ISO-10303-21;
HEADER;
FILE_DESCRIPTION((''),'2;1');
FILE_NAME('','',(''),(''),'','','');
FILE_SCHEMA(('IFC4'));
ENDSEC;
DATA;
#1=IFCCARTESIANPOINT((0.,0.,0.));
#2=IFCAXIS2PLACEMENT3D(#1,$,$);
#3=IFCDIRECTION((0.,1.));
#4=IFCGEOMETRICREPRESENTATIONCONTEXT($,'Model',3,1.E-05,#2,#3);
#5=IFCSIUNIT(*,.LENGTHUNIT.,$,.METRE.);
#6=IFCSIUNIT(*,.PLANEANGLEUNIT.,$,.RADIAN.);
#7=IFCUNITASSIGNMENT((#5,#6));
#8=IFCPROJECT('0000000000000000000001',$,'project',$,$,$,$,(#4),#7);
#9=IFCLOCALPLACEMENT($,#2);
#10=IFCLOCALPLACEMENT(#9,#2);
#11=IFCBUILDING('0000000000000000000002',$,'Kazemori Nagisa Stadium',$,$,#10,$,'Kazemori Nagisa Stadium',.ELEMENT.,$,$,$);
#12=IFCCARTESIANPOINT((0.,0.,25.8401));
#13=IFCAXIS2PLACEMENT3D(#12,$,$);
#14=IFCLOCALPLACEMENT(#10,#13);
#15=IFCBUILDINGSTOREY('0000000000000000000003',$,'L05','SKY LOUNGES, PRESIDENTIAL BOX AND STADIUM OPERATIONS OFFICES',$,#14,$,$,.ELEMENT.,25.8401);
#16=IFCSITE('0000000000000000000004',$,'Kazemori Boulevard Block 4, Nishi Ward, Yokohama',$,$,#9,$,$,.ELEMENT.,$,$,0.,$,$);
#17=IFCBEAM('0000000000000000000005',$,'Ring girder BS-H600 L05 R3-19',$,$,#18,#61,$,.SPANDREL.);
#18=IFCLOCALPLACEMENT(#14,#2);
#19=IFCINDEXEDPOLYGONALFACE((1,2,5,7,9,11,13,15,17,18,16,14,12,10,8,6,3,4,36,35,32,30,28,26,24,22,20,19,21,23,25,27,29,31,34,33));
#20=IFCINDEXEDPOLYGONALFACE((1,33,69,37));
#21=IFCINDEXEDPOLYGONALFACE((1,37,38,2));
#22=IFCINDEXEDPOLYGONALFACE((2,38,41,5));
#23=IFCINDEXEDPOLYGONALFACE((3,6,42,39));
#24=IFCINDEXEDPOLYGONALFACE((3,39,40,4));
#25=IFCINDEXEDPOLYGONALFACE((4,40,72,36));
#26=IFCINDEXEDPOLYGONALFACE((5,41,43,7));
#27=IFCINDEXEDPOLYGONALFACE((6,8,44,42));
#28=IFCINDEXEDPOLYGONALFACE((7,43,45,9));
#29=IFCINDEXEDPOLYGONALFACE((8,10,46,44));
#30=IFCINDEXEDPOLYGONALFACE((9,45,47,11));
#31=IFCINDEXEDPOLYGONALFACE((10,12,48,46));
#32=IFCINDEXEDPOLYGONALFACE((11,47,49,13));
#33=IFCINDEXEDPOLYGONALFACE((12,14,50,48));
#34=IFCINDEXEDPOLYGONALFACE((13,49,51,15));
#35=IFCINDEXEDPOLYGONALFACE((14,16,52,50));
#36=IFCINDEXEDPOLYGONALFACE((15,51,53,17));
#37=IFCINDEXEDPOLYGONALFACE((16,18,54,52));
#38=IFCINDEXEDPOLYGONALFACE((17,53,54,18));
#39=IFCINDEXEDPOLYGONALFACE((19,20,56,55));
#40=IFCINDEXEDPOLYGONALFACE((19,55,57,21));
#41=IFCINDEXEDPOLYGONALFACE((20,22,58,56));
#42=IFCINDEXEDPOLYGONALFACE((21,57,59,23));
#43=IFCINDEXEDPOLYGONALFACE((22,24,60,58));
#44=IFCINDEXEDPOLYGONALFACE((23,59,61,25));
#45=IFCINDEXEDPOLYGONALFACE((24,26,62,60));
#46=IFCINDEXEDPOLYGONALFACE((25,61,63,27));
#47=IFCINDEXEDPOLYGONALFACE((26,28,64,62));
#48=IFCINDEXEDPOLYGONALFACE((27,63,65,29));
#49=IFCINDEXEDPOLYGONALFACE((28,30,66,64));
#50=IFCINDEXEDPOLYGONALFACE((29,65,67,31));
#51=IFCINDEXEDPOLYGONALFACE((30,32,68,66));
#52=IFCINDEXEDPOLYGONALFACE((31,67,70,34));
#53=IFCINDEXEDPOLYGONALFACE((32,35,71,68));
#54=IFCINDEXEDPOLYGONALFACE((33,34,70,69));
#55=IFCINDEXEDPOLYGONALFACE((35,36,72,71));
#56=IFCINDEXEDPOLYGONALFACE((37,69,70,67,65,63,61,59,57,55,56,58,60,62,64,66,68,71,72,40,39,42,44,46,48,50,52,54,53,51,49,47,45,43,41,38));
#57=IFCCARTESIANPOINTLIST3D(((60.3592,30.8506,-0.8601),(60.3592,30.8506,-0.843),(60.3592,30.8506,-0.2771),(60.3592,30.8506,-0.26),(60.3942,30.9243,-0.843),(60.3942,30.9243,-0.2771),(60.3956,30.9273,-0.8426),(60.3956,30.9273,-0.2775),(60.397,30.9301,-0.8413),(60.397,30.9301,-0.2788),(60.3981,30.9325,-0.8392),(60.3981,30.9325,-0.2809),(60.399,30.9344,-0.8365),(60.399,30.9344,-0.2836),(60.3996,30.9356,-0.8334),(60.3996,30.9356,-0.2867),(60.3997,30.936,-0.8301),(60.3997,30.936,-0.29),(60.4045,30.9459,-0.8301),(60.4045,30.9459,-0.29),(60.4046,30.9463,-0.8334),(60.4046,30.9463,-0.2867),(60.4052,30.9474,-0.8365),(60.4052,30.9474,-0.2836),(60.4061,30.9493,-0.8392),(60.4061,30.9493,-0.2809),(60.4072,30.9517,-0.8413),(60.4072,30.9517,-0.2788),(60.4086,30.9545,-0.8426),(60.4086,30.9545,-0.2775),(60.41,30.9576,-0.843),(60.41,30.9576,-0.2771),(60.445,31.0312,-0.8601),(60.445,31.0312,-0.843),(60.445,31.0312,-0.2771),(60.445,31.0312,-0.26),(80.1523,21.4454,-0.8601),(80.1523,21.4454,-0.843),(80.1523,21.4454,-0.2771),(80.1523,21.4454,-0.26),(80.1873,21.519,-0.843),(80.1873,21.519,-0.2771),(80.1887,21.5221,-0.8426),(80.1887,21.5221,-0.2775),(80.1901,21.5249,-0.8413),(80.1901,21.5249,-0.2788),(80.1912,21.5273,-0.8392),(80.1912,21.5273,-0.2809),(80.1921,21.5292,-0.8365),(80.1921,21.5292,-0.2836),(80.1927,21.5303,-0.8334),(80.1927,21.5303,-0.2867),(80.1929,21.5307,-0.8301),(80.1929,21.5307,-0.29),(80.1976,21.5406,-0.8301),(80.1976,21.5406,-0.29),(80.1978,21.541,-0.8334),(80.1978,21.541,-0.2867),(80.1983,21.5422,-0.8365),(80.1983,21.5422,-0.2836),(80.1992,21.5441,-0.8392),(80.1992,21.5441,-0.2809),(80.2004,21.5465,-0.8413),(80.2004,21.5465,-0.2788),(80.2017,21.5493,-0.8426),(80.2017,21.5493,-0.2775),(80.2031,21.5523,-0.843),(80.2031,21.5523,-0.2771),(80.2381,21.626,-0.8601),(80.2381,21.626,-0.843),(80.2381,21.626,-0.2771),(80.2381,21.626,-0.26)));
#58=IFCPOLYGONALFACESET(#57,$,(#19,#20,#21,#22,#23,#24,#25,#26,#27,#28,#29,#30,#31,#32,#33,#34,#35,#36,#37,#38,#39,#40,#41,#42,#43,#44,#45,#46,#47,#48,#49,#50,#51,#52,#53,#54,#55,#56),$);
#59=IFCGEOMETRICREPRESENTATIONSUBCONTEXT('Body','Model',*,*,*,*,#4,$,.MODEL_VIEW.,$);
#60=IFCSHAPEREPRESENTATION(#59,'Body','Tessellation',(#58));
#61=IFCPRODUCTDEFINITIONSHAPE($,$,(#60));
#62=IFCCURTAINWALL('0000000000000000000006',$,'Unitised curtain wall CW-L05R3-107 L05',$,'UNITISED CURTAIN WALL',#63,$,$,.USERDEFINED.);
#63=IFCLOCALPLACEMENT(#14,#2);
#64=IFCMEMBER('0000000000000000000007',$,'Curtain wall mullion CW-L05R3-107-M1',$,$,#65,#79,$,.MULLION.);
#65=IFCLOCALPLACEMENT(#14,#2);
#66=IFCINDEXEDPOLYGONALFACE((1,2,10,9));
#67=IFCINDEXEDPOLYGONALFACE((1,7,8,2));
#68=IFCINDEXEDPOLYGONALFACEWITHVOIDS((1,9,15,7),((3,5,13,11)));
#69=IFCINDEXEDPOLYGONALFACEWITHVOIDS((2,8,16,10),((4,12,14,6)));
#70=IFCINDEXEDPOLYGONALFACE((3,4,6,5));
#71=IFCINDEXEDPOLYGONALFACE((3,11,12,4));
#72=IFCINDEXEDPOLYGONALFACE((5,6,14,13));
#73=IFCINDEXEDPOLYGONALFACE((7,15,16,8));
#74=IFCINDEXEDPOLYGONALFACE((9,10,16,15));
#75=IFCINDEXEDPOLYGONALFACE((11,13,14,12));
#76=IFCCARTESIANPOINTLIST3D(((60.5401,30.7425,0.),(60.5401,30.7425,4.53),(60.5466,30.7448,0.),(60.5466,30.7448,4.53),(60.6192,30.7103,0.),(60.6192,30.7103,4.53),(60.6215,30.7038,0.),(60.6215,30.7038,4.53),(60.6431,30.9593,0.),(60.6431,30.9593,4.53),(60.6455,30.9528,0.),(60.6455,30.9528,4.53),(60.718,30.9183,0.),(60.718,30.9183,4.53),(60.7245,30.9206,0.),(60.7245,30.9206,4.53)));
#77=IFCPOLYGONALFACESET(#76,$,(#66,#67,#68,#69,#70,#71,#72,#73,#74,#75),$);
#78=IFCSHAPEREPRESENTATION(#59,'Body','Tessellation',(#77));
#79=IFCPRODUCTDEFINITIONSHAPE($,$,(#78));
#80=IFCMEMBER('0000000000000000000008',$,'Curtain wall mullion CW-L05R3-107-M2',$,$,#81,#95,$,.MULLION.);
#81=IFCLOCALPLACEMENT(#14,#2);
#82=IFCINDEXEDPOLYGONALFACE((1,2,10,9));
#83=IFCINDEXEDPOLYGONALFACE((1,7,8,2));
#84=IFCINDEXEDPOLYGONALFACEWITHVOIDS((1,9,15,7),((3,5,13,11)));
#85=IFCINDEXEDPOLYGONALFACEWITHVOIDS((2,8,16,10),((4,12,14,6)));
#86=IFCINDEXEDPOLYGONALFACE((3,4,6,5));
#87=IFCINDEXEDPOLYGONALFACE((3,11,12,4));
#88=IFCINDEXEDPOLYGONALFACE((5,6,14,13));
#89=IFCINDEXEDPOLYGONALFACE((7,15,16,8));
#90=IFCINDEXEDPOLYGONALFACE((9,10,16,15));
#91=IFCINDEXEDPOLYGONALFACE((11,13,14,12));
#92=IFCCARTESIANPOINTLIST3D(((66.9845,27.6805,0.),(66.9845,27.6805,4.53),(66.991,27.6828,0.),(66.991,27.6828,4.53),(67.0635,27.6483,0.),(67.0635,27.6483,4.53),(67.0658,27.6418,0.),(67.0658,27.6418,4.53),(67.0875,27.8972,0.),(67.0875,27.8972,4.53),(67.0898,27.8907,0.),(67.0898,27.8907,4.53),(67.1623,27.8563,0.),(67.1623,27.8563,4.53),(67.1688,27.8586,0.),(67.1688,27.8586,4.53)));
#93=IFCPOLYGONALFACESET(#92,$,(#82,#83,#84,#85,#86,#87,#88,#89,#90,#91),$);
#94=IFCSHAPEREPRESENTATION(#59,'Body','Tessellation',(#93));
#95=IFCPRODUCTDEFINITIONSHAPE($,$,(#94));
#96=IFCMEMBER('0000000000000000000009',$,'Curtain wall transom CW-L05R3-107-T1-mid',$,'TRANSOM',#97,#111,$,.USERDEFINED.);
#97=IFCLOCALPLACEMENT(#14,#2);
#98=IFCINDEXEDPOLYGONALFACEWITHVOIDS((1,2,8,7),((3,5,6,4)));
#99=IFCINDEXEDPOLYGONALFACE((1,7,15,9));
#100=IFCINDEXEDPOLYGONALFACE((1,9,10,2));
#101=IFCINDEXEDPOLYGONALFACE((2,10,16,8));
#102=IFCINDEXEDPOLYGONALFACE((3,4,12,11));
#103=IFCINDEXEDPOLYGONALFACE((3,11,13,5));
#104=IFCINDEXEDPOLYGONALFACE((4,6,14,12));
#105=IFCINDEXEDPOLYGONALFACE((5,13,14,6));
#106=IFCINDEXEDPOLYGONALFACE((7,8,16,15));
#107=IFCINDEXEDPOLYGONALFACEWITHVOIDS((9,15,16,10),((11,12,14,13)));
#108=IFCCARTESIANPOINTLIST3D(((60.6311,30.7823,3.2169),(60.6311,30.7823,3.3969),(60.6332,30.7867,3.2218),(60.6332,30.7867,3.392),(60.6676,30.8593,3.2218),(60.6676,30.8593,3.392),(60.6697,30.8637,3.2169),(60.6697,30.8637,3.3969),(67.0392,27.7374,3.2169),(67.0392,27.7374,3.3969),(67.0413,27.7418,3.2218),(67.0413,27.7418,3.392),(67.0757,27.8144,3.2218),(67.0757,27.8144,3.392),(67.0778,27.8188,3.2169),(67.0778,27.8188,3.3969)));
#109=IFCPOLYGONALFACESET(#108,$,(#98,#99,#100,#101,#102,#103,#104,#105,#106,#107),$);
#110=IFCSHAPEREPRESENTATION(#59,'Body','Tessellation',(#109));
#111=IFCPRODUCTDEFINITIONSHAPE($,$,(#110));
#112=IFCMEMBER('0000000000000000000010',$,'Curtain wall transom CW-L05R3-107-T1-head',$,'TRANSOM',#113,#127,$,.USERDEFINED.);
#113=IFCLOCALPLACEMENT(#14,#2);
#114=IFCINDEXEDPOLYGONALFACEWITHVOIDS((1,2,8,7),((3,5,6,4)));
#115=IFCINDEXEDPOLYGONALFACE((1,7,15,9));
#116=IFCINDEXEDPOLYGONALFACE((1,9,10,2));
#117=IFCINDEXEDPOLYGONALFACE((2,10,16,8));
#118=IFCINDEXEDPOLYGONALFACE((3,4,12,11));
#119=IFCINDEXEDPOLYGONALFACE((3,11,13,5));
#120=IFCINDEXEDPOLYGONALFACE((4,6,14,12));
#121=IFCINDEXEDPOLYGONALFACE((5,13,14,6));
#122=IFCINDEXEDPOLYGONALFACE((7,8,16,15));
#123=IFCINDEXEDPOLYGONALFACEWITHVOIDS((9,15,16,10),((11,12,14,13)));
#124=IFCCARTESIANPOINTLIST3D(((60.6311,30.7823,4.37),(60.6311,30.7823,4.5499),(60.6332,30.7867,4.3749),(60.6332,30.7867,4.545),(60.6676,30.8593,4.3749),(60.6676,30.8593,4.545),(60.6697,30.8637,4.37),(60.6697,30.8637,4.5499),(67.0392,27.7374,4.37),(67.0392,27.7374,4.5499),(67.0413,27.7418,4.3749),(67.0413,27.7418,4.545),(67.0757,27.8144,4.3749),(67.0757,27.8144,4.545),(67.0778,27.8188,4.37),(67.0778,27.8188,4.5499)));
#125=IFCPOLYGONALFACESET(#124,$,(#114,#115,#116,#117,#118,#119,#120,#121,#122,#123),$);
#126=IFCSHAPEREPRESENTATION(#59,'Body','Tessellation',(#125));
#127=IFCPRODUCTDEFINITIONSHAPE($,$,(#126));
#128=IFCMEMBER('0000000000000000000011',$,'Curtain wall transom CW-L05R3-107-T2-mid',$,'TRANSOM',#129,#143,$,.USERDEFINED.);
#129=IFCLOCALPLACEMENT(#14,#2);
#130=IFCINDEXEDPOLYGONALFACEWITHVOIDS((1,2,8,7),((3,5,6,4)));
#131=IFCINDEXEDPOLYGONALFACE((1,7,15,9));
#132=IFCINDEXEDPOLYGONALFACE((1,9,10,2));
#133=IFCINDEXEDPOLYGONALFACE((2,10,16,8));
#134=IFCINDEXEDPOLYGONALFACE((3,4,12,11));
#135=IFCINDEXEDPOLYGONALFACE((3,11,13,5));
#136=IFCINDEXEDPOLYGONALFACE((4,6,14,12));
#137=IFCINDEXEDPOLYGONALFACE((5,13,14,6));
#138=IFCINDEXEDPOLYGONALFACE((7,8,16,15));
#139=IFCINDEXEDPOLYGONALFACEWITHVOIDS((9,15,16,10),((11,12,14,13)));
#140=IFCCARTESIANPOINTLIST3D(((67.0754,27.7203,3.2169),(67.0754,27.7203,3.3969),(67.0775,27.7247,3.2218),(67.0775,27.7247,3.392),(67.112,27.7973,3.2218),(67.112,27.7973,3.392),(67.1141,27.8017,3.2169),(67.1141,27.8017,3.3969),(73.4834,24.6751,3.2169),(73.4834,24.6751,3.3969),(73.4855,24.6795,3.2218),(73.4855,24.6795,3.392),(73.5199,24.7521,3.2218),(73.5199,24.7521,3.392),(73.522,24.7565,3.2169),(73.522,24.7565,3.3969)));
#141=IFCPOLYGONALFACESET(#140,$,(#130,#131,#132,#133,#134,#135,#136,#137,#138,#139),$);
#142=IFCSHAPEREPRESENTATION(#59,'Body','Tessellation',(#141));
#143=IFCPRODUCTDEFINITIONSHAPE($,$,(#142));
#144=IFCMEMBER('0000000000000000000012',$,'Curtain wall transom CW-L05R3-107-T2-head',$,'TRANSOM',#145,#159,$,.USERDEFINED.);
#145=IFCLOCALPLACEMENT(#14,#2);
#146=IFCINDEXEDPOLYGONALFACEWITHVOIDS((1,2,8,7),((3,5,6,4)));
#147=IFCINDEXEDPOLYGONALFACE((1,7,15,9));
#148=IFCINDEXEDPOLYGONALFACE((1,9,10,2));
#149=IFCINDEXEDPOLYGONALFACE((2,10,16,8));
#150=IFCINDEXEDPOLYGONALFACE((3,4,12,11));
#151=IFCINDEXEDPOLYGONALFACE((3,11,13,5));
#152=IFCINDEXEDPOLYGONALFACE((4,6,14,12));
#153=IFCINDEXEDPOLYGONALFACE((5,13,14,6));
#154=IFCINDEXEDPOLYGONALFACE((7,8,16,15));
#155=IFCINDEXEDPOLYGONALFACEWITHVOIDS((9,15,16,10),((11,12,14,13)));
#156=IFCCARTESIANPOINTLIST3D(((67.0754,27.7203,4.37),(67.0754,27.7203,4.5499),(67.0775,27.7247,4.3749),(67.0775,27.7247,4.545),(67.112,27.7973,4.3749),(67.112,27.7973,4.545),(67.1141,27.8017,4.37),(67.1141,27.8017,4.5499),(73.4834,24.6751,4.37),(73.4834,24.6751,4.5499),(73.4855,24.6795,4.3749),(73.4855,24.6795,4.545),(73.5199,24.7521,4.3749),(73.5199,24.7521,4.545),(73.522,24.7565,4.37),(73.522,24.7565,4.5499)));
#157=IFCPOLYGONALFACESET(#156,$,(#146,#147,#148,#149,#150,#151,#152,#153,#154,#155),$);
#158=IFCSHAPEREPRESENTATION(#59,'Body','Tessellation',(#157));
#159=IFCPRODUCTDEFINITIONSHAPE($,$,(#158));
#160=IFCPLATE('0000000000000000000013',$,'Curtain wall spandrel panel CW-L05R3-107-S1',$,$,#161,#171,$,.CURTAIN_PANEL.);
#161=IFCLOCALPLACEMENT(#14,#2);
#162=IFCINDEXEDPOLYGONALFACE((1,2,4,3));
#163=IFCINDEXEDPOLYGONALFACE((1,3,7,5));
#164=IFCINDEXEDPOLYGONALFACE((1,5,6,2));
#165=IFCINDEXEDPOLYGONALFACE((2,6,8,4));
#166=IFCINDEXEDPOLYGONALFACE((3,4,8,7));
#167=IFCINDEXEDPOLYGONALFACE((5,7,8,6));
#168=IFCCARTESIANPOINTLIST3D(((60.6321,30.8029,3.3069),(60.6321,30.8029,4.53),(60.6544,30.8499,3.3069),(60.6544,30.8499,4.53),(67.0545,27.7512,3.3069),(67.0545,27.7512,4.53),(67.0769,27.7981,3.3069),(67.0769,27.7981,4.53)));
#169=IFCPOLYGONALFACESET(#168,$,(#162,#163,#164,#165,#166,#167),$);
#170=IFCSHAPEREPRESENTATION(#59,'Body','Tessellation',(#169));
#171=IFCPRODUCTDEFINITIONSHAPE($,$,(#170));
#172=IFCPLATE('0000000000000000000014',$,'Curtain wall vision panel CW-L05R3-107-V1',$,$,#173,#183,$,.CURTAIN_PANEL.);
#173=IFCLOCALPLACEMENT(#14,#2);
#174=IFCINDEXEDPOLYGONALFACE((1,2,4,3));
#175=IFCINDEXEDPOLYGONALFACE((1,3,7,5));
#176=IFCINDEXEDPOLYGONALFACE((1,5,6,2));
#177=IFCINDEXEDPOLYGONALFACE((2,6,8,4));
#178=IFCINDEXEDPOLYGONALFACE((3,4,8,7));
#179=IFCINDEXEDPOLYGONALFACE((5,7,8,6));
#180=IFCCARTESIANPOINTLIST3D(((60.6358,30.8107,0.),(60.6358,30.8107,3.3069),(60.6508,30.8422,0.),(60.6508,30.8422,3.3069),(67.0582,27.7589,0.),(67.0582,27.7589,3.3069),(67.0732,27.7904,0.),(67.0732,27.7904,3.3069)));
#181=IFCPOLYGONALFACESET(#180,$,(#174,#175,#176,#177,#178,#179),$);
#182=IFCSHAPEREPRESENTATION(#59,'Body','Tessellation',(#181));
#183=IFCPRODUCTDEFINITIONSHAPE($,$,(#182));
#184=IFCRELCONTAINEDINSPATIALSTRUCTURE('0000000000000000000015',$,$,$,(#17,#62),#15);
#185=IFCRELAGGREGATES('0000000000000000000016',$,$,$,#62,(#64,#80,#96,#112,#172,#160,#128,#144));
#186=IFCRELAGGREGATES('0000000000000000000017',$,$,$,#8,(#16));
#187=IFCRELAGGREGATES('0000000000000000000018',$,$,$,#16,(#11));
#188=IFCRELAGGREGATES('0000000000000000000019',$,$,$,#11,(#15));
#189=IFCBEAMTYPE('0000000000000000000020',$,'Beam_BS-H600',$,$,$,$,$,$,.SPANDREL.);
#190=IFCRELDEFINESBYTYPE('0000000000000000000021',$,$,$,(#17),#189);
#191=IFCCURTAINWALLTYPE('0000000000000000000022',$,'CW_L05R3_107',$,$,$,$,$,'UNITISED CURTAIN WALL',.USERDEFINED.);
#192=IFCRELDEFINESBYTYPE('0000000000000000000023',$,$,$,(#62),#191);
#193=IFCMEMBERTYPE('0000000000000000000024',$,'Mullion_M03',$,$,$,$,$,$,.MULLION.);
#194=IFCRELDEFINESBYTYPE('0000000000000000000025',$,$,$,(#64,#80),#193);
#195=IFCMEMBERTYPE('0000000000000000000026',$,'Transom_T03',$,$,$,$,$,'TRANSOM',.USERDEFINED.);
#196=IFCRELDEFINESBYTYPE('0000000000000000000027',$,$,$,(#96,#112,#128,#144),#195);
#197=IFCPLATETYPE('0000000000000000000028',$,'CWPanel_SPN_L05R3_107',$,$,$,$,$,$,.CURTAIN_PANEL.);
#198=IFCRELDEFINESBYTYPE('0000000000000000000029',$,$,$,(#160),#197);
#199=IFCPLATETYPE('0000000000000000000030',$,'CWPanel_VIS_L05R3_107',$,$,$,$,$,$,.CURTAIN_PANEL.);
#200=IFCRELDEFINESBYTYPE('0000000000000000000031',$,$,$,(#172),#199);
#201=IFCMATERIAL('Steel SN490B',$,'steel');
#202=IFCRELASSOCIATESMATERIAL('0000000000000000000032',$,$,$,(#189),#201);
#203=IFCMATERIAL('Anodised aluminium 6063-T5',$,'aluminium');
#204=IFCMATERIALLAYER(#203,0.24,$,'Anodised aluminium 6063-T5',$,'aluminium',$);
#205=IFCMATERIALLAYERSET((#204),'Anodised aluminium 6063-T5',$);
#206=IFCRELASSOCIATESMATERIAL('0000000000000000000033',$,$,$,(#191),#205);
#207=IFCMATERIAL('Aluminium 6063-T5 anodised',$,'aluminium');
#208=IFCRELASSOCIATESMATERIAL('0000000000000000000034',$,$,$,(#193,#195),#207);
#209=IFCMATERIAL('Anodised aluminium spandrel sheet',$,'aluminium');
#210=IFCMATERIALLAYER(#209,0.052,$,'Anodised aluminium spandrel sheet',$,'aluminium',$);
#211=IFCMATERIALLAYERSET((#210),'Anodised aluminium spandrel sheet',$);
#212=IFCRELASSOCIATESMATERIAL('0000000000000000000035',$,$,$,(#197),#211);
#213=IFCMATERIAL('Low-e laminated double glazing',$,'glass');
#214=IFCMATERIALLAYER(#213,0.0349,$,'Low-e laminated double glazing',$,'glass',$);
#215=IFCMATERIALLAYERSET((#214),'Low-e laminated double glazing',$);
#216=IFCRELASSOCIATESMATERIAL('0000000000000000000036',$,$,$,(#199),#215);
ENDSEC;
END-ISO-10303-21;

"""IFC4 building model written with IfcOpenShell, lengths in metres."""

from ifc_helpers import new_model, si_unit, direction, frame, origin, origin_2d, place, context, subcontext, project, spatial, rectangle, hollow_rectangle, i_section, extrude, material, layer, layer_set, material_profile, profile_set, type_object, element, aggregate, save


model = new_model("IFC4")

# Units and contexts
model_context = context("Model", 3, precision=1e-05, world=origin(), true_north=direction((0.0, 1.0)))
body_context = subcontext(model_context, "Body", "Model", "MODEL_VIEW")
ifc_project = project(units=[si_unit("LENGTHUNIT", "METRE"), si_unit("PLANEANGLEUNIT", "RADIAN")], contexts=[model_context])

# Site, building, storey
site_placement = place(None, origin())
site = spatial("IfcSite", under=ifc_project, at=site_placement, Name="Kazemori Boulevard Block 4, Nishi Ward, Yokohama", CompositionType="ELEMENT", RefElevation=0.0)
building_placement = place(site_placement, origin())
building = spatial("IfcBuilding", under=site, at=building_placement, Name="Kazemori Nagisa Stadium", LongName="Kazemori Nagisa Stadium", CompositionType="ELEMENT")
storey_placement = place(building_placement, frame((0.0, 0.0, 25.8401)))
storey = spatial("IfcBuildingStorey", under=building, at=storey_placement, Name="L05", Description="SKY LOUNGES, PRESIDENTIAL BOX AND STADIUM OPERATIONS OFFICES", CompositionType="ELEMENT", Elevation=25.8401)

# Beam
ifc_material_1 = material(Name="Steel SN490B", Category="steel")
ifc_material_profile_1 = material_profile(ifc_material_1, i_section(OverallWidth=0.2, OverallDepth=0.6001, WebThickness=0.011, FlangeThickness=0.0171, FilletRadius=0.0129, at=origin_2d()), Name="H-600x200x11x17")
ifc_profile_set_1 = profile_set([ifc_material_profile_1], Name="Steel SN490B")
beam_type_1 = type_object("IfcBeamType", Name="Beam_BS-H600", PredefinedType="SPANDREL", material=ifc_profile_set_1)
beam_1_placement = place(storey_placement, frame((60.4021, 30.9409, -0.5601), z_axis=(0.903216, -0.429187, 0.0), x_axis=(0.429187, 0.903216, 0.0)))
element("IfcBeam", 1, at=beam_1_placement, inside=storey, type_object=beam_type_1, Name="Ring girder BS-H600 L05 R3-19", PredefinedType="SPANDREL", context=body_context, shape_type="SweptSolid", body=[
    extrude(i_section(OverallWidth=0.2, OverallDepth=0.6001, WebThickness=0.011, FlangeThickness=0.0171, FilletRadius=0.0129, at=origin_2d()), origin(), (0.0, 0.0, 1.0), 21.9141),
])

# Curtain wall, members, plates
ifc_material_2 = material(Name="Anodised aluminium 6063-T5", Category="aluminium")
ifc_layer_1 = layer(ifc_material_2, 0.24, Name="Anodised aluminium 6063-T5", Category="aluminium")
ifc_layer_set_1 = layer_set([ifc_layer_1], Name="Anodised aluminium 6063-T5")
curtain_wall_type = type_object("IfcCurtainWallType", Name="CW_L05R3_107", ElementType="UNITISED CURTAIN WALL", PredefinedType="USERDEFINED", material=ifc_layer_set_1)
curtain_wall_placement = place(storey_placement, origin())
curtain_wall = element("IfcCurtainWall", 2, at=curtain_wall_placement, inside=storey, type_object=curtain_wall_type, Name="Unitised curtain wall CW-L05R3-107 L05", ObjectType="UNITISED CURTAIN WALL", PredefinedType="USERDEFINED")
ifc_material_3 = material(Name="Aluminium 6063-T5 anodised", Category="aluminium")
ifc_material_profile_2 = material_profile(ifc_material_3, hollow_rectangle(XDim=0.0901, YDim=0.24, WallThickness=0.0049, at=origin_2d()), Name="ALU-MULL-90x240x5")
ifc_profile_set_2 = profile_set([ifc_material_profile_2], Name="Aluminium 6063-T5 anodised")
member_type_1 = type_object("IfcMemberType", Name="Mullion_M03", PredefinedType="MULLION", material=ifc_profile_set_2)
member_1_placement = place(storey_placement, frame((60.6323, 30.8315, 0.0), z_axis=(0.0, 0.0, 1.0), x_axis=(0.903216, -0.429186, 0.0)))
member_1 = element("IfcMember", 3, at=member_1_placement, type_object=member_type_1, Name="Curtain wall mullion CW-L05R3-107-M1", PredefinedType="MULLION", context=body_context, shape_type="SweptSolid", body=[
    extrude(hollow_rectangle(XDim=0.0901, YDim=0.24, WallThickness=0.0049, at=origin_2d()), origin(), (0.0, 0.0, 1.0), 4.53),
])
member_2_placement = place(storey_placement, frame((67.0767, 27.7695, 0.0), z_axis=(0.0, 0.0, 1.0), x_axis=(0.903216, -0.429186, 0.0)))
member_2 = element("IfcMember", 4, at=member_2_placement, type_object=member_type_1, Name="Curtain wall mullion CW-L05R3-107-M2", PredefinedType="MULLION", context=body_context, shape_type="SweptSolid", body=[
    extrude(hollow_rectangle(XDim=0.0901, YDim=0.24, WallThickness=0.0049, at=origin_2d()), origin(), (0.0, 0.0, 1.0), 4.53),
])
ifc_material_profile_3 = material_profile(ifc_material_3, hollow_rectangle(XDim=0.0901, YDim=0.1799, WallThickness=0.0049, at=origin_2d()), Name="ALU-TRAN-90x180x5")
ifc_profile_set_3 = profile_set([ifc_material_profile_3], Name="Aluminium 6063-T5 anodised")
member_type_2 = type_object("IfcMemberType", Name="Transom_T03", ElementType="TRANSOM", PredefinedType="USERDEFINED", material=ifc_profile_set_3)
member_3_placement = place(storey_placement, frame((60.6504, 30.823, 3.3069), z_axis=(0.903221, -0.429175, 0.0), x_axis=(0.429175, 0.903221, 0.0)))
member_3 = element("IfcMember", 5, at=member_3_placement, type_object=member_type_2, Name="Curtain wall transom CW-L05R3-107-T1-mid", ObjectType="TRANSOM", PredefinedType="USERDEFINED", context=body_context, shape_type="SweptSolid", body=[
    extrude(hollow_rectangle(XDim=0.0901, YDim=0.1799, WallThickness=0.0049, at=origin_2d()), origin(), (0.0, 0.0, 1.0), 7.0947),
])
member_4_placement = place(storey_placement, frame((60.6504, 30.823, 4.46), z_axis=(0.903221, -0.429175, 0.0), x_axis=(0.429175, 0.903221, 0.0)))
member_4 = element("IfcMember", 6, at=member_4_placement, type_object=member_type_2, Name="Curtain wall transom CW-L05R3-107-T1-head", ObjectType="TRANSOM", PredefinedType="USERDEFINED", context=body_context, shape_type="SweptSolid", body=[
    extrude(hollow_rectangle(XDim=0.0901, YDim=0.1799, WallThickness=0.0049, at=origin_2d()), origin(), (0.0, 0.0, 1.0), 7.0947),
])
member_5_placement = place(storey_placement, frame((67.0947, 27.761, 3.3069), z_axis=(0.903202, -0.429216, 0.0), x_axis=(0.429216, 0.903202, 0.0)))
member_5 = element("IfcMember", 7, at=member_5_placement, type_object=member_type_2, Name="Curtain wall transom CW-L05R3-107-T2-mid", ObjectType="TRANSOM", PredefinedType="USERDEFINED", context=body_context, shape_type="SweptSolid", body=[
    extrude(hollow_rectangle(XDim=0.0901, YDim=0.1799, WallThickness=0.0049, at=origin_2d()), origin(), (0.0, 0.0, 1.0), 7.0947),
])
member_6_placement = place(storey_placement, frame((67.0947, 27.761, 4.46), z_axis=(0.903202, -0.429216, 0.0), x_axis=(0.429216, 0.903202, 0.0)))
member_6 = element("IfcMember", 8, at=member_6_placement, type_object=member_type_2, Name="Curtain wall transom CW-L05R3-107-T2-head", ObjectType="TRANSOM", PredefinedType="USERDEFINED", context=body_context, shape_type="SweptSolid", body=[
    extrude(hollow_rectangle(XDim=0.0901, YDim=0.1799, WallThickness=0.0049, at=origin_2d()), origin(), (0.0, 0.0, 1.0), 7.0947),
])
ifc_material_4 = material(Name="Anodised aluminium spandrel sheet", Category="aluminium")
ifc_layer_2 = layer(ifc_material_4, 0.052, Name="Anodised aluminium spandrel sheet", Category="aluminium")
ifc_layer_set_2 = layer_set([ifc_layer_2], Name="Anodised aluminium spandrel sheet")
plate_type_1 = type_object("IfcPlateType", Name="CWPanel_SPN_L05R3_107", PredefinedType="CURTAIN_PANEL", material=ifc_layer_set_2)
plate_1_placement = place(storey_placement, frame((63.8545, 29.3005, 3.3069), z_axis=(0.0, 0.0, 1.0), x_axis=(0.903216, -0.429186, 0.0)))
plate_1 = element("IfcPlate", 9, at=plate_1_placement, type_object=plate_type_1, Name="Curtain wall spandrel panel CW-L05R3-107-S1", PredefinedType="CURTAIN_PANEL", context=body_context, shape_type="SweptSolid", body=[
    extrude(rectangle(XDim=7.1106, YDim=0.052, at=origin_2d()), origin(), (0.0, 0.0, 1.0), 1.2231),
])
ifc_material_5 = material(Name="Low-e laminated double glazing", Category="glass")
ifc_layer_3 = layer(ifc_material_5, 0.0349, Name="Low-e laminated double glazing", Category="glass")
ifc_layer_set_3 = layer_set([ifc_layer_3], Name="Low-e laminated double glazing")
plate_type_2 = type_object("IfcPlateType", Name="CWPanel_VIS_L05R3_107", PredefinedType="CURTAIN_PANEL", material=ifc_layer_set_3)
plate_2_placement = place(storey_placement, frame((63.8545, 29.3005, 0.0), z_axis=(0.0, 0.0, 1.0), x_axis=(0.903216, -0.429186, 0.0)))
plate_2 = element("IfcPlate", 10, at=plate_2_placement, type_object=plate_type_2, Name="Curtain wall vision panel CW-L05R3-107-V1", PredefinedType="CURTAIN_PANEL", context=body_context, shape_type="SweptSolid", body=[
    extrude(rectangle(XDim=7.1106, YDim=0.0349, at=origin_2d()), origin(), (0.0, 0.0, 1.0), 3.3069),
])
aggregate(curtain_wall, [member_1, member_2, member_3, member_4, plate_2, plate_1, member_5, member_6])

save(model, "model.ifc")
